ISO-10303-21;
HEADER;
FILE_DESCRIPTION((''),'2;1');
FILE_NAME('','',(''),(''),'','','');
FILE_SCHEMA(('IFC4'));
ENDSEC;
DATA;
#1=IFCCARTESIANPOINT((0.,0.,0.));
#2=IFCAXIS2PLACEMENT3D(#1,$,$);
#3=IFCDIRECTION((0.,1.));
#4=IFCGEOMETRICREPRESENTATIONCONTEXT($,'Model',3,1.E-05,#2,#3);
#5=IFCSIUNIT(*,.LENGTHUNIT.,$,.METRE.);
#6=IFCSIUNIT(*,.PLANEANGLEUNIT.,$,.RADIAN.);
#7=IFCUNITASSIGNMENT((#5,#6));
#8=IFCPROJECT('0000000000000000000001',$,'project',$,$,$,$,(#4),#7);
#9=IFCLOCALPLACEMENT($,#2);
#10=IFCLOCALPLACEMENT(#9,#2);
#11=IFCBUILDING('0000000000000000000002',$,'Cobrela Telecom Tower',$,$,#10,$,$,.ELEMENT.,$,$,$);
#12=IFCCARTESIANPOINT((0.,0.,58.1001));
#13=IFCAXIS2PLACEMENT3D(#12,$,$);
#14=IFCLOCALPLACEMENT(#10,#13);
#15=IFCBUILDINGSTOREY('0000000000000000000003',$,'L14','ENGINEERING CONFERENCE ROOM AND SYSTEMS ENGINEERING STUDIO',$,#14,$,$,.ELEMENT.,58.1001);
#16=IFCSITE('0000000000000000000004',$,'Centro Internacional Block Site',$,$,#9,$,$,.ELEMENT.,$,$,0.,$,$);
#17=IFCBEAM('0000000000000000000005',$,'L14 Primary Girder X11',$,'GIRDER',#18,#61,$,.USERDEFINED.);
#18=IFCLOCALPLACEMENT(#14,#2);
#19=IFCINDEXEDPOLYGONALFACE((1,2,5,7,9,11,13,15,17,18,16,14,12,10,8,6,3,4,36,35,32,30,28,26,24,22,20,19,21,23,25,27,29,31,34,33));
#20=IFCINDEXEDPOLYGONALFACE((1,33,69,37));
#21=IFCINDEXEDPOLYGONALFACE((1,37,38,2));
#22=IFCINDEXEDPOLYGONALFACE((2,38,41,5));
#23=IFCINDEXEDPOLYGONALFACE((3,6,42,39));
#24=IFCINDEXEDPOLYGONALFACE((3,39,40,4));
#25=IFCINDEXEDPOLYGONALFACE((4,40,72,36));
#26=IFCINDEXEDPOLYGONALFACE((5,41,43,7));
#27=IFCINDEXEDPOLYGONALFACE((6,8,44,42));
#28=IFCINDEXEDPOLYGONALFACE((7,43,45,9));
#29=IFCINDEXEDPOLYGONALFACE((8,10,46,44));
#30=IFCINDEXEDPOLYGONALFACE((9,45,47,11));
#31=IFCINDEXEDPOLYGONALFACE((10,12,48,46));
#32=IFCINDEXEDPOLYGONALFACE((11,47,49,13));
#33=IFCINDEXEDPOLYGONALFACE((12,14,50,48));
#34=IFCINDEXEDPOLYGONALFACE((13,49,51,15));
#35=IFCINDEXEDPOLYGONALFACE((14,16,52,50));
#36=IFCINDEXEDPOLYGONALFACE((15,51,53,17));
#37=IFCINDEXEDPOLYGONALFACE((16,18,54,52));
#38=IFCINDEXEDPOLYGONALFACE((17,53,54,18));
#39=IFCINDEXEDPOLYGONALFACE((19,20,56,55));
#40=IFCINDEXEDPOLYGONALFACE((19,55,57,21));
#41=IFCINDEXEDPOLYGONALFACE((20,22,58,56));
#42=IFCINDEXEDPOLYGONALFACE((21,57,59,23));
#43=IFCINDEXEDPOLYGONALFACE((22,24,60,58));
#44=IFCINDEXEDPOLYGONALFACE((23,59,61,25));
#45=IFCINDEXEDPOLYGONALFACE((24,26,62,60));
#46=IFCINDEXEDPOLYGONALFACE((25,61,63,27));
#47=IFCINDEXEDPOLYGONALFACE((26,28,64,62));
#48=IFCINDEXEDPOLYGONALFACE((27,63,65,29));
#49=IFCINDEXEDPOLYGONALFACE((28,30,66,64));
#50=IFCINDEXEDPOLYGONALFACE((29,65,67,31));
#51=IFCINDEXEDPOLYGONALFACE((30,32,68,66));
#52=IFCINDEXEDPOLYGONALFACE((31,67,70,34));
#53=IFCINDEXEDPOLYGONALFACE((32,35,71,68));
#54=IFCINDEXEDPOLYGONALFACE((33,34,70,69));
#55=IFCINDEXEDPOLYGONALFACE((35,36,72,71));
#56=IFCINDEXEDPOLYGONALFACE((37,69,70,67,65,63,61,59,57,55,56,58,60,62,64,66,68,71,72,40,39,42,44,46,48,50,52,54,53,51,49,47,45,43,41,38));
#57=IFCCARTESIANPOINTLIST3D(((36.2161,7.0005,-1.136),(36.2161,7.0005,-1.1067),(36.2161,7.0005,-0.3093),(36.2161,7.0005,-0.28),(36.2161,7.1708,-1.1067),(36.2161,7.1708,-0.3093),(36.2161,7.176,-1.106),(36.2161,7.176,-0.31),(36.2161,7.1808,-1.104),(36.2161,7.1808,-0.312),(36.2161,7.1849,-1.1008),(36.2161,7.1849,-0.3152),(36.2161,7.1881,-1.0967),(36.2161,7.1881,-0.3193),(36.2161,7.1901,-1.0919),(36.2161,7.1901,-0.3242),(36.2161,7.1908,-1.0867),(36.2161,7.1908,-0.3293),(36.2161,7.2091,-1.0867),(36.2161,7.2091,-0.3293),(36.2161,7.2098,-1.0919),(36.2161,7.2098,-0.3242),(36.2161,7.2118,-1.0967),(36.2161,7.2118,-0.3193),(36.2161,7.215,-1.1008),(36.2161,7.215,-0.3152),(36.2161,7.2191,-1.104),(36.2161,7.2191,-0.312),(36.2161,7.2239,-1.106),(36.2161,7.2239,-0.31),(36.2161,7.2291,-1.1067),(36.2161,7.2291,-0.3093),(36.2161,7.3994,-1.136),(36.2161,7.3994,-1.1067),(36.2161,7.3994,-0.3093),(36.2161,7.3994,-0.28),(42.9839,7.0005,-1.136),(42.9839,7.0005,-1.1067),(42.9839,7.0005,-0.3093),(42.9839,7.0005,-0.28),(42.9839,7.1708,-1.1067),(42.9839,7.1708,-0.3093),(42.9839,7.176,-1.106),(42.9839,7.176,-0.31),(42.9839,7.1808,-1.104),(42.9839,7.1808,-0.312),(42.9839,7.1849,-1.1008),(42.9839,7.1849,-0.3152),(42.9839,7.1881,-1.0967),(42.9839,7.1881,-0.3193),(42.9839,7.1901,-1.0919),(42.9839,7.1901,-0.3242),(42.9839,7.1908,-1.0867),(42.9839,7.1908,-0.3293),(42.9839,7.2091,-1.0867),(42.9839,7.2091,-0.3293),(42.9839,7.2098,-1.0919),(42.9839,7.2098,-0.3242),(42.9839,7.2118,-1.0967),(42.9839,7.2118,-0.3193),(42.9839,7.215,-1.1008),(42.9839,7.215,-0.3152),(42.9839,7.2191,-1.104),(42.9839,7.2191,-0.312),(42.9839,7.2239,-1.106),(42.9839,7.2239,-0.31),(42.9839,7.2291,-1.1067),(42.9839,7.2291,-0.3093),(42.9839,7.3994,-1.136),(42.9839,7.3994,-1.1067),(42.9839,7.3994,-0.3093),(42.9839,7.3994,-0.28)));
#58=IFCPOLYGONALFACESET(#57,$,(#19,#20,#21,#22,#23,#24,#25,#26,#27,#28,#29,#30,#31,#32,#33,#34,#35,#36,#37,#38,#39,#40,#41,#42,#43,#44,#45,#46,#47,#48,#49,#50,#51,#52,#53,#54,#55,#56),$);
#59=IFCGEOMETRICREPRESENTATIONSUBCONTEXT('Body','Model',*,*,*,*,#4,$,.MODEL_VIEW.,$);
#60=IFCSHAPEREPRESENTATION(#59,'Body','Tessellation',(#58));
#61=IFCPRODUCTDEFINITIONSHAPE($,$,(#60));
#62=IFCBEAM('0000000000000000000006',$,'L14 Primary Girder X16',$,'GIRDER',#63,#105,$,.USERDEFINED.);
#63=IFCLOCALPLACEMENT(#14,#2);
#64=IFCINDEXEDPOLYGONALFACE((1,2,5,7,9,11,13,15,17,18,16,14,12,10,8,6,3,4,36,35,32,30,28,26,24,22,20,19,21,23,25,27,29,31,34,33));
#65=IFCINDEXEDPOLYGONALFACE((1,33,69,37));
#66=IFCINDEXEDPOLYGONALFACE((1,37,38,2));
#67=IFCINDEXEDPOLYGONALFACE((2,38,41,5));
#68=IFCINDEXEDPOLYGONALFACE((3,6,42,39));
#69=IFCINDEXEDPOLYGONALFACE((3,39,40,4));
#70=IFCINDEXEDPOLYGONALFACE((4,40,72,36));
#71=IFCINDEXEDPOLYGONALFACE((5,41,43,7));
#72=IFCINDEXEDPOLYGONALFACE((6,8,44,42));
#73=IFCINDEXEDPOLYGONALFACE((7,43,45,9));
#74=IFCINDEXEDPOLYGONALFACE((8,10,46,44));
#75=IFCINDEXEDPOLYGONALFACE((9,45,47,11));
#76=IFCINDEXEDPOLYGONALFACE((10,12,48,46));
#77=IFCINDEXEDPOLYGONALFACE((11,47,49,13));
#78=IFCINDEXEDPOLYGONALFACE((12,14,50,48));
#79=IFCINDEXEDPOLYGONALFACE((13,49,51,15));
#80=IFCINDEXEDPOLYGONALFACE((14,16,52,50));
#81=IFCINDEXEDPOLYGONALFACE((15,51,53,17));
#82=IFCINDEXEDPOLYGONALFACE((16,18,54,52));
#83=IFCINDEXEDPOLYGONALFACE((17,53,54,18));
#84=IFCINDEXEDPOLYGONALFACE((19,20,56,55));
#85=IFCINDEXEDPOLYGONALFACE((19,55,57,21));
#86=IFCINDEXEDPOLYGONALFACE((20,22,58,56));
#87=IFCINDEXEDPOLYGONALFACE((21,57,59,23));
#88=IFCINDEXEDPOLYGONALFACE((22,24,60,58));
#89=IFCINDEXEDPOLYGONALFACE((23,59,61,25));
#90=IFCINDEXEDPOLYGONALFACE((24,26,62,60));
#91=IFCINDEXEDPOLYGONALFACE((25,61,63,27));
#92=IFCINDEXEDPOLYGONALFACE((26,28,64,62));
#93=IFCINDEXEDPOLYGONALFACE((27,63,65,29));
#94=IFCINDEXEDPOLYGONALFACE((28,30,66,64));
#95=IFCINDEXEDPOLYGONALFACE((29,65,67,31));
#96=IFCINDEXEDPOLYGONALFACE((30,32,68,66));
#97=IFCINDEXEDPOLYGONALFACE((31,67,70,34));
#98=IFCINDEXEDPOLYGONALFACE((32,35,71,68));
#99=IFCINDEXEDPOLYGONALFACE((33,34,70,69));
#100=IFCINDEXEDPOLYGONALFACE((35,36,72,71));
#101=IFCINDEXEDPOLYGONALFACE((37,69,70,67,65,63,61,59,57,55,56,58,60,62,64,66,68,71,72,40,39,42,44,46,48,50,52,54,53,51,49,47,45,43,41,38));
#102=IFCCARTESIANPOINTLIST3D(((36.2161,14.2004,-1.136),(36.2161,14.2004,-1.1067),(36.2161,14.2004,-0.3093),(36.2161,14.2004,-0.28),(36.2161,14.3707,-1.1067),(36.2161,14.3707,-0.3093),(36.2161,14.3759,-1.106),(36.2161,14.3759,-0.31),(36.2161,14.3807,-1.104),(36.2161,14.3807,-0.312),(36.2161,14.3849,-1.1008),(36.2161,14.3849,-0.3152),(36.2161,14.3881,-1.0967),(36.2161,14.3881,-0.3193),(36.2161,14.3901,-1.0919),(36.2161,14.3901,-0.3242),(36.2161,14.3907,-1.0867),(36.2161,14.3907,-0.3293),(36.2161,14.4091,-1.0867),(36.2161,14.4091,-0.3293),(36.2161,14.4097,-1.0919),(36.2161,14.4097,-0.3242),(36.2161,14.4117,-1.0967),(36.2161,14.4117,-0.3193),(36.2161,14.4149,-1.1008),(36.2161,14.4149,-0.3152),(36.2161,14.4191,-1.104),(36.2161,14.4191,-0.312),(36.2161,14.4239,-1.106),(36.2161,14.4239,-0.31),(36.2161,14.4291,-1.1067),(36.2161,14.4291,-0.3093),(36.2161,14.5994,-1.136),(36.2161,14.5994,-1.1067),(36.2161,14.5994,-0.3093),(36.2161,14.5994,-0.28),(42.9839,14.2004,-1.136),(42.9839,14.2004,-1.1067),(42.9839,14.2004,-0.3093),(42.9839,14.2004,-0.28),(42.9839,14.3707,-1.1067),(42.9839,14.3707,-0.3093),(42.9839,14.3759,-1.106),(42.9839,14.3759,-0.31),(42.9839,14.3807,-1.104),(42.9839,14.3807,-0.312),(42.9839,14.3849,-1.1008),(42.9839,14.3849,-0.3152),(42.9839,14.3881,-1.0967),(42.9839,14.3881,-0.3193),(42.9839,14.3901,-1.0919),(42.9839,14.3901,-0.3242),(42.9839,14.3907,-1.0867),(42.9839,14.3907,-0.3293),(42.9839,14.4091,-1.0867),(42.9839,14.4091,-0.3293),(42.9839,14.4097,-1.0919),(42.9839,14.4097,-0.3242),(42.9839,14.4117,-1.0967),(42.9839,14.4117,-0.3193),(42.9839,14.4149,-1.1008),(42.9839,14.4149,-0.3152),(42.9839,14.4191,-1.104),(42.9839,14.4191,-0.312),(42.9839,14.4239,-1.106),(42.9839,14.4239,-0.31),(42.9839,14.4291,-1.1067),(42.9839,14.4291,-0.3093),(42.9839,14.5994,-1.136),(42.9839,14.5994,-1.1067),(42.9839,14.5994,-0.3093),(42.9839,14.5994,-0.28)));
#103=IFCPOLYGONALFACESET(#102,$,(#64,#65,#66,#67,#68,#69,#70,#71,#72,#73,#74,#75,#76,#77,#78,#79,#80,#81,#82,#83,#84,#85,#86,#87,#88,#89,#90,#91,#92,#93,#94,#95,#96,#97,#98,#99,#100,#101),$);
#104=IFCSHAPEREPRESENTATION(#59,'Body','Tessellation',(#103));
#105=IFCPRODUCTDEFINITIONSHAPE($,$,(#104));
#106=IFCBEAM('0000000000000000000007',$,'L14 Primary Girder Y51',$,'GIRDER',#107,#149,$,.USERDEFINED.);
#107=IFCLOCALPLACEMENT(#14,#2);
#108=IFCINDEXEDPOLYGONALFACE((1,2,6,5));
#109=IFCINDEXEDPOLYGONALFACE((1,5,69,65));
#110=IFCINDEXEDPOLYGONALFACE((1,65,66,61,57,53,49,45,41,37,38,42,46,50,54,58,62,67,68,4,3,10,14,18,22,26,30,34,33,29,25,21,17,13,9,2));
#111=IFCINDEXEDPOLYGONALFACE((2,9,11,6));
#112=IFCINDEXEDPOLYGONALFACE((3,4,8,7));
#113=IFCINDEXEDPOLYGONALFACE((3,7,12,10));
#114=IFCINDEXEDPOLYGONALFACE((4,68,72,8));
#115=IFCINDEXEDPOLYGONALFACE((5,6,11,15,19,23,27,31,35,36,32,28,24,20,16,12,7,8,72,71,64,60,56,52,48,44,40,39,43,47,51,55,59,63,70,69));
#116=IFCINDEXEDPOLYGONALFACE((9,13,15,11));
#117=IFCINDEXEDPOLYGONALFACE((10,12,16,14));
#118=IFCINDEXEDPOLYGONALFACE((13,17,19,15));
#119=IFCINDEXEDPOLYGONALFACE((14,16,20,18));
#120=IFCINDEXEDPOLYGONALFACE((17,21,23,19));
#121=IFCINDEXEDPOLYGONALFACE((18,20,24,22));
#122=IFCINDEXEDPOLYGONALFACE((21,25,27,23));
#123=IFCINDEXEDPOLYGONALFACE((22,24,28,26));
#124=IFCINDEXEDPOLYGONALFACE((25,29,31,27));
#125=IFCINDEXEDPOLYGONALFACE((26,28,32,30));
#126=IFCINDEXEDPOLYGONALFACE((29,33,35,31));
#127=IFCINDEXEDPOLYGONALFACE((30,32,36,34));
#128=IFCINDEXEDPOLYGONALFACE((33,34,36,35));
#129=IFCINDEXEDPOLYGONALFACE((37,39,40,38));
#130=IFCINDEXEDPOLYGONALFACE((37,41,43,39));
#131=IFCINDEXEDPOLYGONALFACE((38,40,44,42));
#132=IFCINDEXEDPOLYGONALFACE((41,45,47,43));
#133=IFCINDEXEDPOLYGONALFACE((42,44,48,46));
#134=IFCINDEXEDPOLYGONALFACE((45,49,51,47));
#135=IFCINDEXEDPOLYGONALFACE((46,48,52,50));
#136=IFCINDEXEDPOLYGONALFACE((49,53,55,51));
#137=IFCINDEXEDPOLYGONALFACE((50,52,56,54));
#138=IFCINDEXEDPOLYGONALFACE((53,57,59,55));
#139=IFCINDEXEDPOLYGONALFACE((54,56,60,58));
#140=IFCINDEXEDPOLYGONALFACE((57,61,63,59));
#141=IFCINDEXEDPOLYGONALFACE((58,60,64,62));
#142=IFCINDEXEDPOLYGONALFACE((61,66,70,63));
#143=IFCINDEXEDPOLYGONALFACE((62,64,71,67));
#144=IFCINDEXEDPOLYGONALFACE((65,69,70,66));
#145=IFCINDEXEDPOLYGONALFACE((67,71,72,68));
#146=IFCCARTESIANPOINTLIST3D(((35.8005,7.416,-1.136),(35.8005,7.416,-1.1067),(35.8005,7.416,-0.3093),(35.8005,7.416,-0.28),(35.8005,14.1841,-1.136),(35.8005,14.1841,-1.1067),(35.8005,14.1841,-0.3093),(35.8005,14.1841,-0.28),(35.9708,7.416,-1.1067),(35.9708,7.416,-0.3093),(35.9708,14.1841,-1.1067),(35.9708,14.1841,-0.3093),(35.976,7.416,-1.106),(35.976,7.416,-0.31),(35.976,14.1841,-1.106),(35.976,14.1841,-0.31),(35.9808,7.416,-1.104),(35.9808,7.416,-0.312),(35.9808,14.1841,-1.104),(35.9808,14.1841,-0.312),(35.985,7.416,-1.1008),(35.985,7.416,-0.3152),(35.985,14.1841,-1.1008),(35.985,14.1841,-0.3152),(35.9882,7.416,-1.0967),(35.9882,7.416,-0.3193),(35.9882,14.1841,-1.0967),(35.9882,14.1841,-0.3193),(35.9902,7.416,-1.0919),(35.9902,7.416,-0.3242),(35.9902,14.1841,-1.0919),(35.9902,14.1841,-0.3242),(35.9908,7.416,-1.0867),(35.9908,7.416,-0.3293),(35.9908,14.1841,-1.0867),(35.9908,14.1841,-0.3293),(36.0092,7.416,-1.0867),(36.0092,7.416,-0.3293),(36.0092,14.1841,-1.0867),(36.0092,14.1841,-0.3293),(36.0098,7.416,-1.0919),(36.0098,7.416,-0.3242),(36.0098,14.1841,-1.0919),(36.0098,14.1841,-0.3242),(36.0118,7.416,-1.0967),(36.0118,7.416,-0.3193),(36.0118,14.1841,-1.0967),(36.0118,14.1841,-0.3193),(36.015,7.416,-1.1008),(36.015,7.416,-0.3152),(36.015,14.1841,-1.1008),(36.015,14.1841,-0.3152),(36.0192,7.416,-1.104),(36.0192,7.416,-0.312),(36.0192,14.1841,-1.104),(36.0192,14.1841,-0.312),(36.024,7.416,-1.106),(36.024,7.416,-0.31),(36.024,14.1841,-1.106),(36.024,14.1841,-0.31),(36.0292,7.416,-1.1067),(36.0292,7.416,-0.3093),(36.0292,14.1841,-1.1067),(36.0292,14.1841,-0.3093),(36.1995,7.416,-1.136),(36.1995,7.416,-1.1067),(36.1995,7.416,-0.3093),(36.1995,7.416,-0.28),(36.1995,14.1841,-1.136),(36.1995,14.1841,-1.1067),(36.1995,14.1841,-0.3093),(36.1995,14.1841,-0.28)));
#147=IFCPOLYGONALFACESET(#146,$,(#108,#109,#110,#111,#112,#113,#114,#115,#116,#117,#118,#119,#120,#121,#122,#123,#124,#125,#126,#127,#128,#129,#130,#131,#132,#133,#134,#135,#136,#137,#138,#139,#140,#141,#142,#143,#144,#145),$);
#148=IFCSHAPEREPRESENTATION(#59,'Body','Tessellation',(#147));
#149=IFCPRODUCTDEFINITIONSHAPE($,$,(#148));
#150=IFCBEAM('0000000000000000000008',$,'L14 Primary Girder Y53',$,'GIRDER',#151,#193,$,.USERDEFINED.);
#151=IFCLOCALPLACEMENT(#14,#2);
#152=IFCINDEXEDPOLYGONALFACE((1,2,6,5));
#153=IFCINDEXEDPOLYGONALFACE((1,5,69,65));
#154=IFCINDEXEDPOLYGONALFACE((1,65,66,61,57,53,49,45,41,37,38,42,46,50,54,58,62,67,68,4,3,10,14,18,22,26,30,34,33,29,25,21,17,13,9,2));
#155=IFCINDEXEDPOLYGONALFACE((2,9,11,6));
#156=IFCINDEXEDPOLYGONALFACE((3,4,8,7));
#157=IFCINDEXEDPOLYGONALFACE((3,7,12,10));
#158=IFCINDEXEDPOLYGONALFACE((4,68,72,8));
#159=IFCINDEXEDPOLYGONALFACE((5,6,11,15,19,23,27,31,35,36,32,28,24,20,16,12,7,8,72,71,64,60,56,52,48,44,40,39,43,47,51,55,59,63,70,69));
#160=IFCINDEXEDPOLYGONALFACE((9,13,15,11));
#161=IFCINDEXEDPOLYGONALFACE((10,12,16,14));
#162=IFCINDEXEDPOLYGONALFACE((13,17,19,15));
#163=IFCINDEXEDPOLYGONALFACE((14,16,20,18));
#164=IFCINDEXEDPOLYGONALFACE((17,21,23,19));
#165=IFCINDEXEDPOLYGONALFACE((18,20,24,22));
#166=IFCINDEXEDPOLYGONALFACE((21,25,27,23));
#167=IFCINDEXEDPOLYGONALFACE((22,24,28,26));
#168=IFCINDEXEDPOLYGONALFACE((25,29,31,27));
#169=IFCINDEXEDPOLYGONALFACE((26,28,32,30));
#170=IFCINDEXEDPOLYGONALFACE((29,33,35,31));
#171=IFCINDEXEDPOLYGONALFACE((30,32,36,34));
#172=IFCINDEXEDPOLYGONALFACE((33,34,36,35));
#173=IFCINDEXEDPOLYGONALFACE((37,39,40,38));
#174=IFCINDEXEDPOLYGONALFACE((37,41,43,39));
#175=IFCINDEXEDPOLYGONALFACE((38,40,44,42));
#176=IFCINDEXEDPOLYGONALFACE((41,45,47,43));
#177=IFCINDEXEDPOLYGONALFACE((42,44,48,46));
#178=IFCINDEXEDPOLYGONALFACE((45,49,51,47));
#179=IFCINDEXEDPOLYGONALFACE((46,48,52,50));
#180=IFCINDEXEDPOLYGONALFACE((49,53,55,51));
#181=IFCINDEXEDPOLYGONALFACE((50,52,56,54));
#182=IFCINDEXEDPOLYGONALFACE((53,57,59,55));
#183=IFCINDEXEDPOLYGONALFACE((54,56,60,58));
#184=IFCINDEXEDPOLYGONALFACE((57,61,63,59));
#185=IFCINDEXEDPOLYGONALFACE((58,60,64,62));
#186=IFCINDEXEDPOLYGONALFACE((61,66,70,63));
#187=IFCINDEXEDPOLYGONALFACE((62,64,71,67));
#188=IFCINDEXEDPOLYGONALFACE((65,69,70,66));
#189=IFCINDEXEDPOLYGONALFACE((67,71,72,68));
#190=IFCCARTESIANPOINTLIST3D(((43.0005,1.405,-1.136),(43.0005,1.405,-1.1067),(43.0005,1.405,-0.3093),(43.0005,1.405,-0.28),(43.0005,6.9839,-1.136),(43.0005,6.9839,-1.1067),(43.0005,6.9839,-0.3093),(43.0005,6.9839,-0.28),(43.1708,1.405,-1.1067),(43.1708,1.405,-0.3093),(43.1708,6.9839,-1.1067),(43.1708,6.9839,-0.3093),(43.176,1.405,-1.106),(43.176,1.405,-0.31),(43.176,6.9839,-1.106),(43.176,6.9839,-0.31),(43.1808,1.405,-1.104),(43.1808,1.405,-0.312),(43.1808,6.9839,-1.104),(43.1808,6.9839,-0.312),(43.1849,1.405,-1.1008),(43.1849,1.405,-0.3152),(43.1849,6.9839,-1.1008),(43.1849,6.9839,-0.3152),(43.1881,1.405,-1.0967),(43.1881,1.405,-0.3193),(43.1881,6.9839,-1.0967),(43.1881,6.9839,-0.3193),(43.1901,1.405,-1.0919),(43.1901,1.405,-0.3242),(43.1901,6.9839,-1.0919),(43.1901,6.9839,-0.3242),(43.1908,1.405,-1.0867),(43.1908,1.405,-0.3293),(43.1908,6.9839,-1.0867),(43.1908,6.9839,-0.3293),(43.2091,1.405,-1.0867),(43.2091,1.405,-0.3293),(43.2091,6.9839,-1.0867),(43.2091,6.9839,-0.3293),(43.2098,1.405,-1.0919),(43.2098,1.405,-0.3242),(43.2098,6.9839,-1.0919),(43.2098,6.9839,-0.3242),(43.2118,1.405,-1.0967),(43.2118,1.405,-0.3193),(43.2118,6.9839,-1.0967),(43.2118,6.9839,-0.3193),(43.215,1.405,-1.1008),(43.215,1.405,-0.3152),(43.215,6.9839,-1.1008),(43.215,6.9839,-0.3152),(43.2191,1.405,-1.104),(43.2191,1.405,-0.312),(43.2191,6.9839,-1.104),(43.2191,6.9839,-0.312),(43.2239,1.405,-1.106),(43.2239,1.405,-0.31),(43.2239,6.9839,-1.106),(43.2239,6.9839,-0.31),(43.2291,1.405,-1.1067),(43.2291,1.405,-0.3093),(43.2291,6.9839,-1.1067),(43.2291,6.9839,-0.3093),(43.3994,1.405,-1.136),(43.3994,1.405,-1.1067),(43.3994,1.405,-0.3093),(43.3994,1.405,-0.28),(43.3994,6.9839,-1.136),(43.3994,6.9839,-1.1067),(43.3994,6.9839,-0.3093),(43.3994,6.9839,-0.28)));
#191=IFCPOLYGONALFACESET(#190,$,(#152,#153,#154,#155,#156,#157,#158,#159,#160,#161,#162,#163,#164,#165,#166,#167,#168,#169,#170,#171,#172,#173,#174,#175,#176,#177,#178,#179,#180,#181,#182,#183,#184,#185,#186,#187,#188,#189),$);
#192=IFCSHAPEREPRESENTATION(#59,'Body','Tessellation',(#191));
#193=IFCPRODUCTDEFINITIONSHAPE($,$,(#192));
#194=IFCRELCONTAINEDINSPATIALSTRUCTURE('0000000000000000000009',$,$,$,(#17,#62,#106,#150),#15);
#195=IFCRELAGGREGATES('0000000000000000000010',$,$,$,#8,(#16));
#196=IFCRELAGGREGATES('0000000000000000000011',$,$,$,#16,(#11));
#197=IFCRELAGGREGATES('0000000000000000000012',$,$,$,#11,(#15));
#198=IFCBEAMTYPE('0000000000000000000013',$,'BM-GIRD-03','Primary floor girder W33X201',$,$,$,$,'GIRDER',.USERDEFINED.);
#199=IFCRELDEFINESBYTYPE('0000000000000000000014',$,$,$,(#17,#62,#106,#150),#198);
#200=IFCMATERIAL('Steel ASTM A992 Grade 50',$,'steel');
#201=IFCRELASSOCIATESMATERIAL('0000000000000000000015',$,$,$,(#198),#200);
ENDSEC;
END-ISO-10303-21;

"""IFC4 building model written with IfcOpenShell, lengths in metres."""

from ifc_helpers import new_model, si_unit, direction, frame, origin, origin_2d, place, context, subcontext, project, spatial, i_section, extrude, material, material_profile, profile_set, type_object, element, save


model = new_model("IFC4")

# Units and contexts
model_context = context("Model", 3, precision=1e-05, world=origin(), true_north=direction((0.0, 1.0)))
body_context = subcontext(model_context, "Body", "Model", "MODEL_VIEW")
ifc_project = project(units=[si_unit("LENGTHUNIT", "METRE"), si_unit("PLANEANGLEUNIT", "RADIAN")], contexts=[model_context])

# Site, building, storey
site_placement = place(None, origin())
site = spatial("IfcSite", under=ifc_project, at=site_placement, Name="Centro Internacional Block Site", CompositionType="ELEMENT", RefElevation=0.0)
building_placement = place(site_placement, origin())
building = spatial("IfcBuilding", under=site, at=building_placement, Name="Cobrela Telecom Tower", CompositionType="ELEMENT")
storey_placement = place(building_placement, frame((0.0, 0.0, 58.1001)))
storey = spatial("IfcBuildingStorey", under=building, at=storey_placement, Name="L14", Description="ENGINEERING CONFERENCE ROOM AND SYSTEMS ENGINEERING STUDIO", CompositionType="ELEMENT", Elevation=58.1001)

# Shared definitions
ifc_material_1 = material(Name="Steel ASTM A992 Grade 50", Category="steel")

# Beams
ifc_material_profile_1 = material_profile(ifc_material_1, i_section(OverallWidth=0.3989, OverallDepth=0.856, WebThickness=0.0183, FlangeThickness=0.0293, FilletRadius=0.02, at=origin_2d()), Name="W33X201")
ifc_profile_set_1 = profile_set([ifc_material_profile_1], Name="Steel ASTM A992 Grade 50")
beam_type_1 = type_object("IfcBeamType", Name="BM-GIRD-03", Description="Primary floor girder W33X201", ElementType="GIRDER", PredefinedType="USERDEFINED", material=ifc_profile_set_1)
for number, where, z_axis, x_axis, name in (
    (1, (36.2161, 7.2, -0.708), (1.0, 0.0, 0.0), (0.0, 1.0, 0.0), "L14 Primary Girder X11"),
    (2, (36.2161, 14.3999, -0.708), (1.0, 0.0, 0.0), (0.0, 1.0, 0.0), "L14 Primary Girder X16"),
):
    element("IfcBeam", number, at=place(storey_placement, frame(where, z_axis=z_axis, x_axis=x_axis)), inside=storey, type_object=beam_type_1, Name=name, ObjectType="GIRDER", PredefinedType="USERDEFINED", context=body_context, shape_type="SweptSolid", body=[
        extrude(i_section(OverallWidth=0.3989, OverallDepth=0.856, WebThickness=0.0183, FlangeThickness=0.0293, FilletRadius=0.02, at=origin_2d()), origin(), (0.0, 0.0, 1.0), 6.7678),
    ])
beam_1_placement = place(storey_placement, frame((36.0, 7.416, -0.708), z_axis=(0.0, 1.0, 0.0), x_axis=(-1.0, 0.0, 0.0)))
element("IfcBeam", 3, at=beam_1_placement, inside=storey, type_object=beam_type_1, Name="L14 Primary Girder Y51", ObjectType="GIRDER", PredefinedType="USERDEFINED", context=body_context, shape_type="SweptSolid", body=[
    extrude(i_section(OverallWidth=0.3989, OverallDepth=0.856, WebThickness=0.0183, FlangeThickness=0.0293, FilletRadius=0.02, at=origin_2d()), origin(), (0.0, 0.0, 1.0), 6.7681),
])
beam_2_placement = place(storey_placement, frame((43.2, 1.405, -0.708), z_axis=(0.0, 1.0, 0.0), x_axis=(-1.0, 0.0, 0.0)))
element("IfcBeam", 4, at=beam_2_placement, inside=storey, type_object=beam_type_1, Name="L14 Primary Girder Y53", ObjectType="GIRDER", PredefinedType="USERDEFINED", context=body_context, shape_type="SweptSolid", body=[
    extrude(i_section(OverallWidth=0.3989, OverallDepth=0.856, WebThickness=0.0183, FlangeThickness=0.0293, FilletRadius=0.02, at=origin_2d()), origin(), (0.0, 0.0, 1.0), 5.5789),
])

save(model, "model.ifc")
